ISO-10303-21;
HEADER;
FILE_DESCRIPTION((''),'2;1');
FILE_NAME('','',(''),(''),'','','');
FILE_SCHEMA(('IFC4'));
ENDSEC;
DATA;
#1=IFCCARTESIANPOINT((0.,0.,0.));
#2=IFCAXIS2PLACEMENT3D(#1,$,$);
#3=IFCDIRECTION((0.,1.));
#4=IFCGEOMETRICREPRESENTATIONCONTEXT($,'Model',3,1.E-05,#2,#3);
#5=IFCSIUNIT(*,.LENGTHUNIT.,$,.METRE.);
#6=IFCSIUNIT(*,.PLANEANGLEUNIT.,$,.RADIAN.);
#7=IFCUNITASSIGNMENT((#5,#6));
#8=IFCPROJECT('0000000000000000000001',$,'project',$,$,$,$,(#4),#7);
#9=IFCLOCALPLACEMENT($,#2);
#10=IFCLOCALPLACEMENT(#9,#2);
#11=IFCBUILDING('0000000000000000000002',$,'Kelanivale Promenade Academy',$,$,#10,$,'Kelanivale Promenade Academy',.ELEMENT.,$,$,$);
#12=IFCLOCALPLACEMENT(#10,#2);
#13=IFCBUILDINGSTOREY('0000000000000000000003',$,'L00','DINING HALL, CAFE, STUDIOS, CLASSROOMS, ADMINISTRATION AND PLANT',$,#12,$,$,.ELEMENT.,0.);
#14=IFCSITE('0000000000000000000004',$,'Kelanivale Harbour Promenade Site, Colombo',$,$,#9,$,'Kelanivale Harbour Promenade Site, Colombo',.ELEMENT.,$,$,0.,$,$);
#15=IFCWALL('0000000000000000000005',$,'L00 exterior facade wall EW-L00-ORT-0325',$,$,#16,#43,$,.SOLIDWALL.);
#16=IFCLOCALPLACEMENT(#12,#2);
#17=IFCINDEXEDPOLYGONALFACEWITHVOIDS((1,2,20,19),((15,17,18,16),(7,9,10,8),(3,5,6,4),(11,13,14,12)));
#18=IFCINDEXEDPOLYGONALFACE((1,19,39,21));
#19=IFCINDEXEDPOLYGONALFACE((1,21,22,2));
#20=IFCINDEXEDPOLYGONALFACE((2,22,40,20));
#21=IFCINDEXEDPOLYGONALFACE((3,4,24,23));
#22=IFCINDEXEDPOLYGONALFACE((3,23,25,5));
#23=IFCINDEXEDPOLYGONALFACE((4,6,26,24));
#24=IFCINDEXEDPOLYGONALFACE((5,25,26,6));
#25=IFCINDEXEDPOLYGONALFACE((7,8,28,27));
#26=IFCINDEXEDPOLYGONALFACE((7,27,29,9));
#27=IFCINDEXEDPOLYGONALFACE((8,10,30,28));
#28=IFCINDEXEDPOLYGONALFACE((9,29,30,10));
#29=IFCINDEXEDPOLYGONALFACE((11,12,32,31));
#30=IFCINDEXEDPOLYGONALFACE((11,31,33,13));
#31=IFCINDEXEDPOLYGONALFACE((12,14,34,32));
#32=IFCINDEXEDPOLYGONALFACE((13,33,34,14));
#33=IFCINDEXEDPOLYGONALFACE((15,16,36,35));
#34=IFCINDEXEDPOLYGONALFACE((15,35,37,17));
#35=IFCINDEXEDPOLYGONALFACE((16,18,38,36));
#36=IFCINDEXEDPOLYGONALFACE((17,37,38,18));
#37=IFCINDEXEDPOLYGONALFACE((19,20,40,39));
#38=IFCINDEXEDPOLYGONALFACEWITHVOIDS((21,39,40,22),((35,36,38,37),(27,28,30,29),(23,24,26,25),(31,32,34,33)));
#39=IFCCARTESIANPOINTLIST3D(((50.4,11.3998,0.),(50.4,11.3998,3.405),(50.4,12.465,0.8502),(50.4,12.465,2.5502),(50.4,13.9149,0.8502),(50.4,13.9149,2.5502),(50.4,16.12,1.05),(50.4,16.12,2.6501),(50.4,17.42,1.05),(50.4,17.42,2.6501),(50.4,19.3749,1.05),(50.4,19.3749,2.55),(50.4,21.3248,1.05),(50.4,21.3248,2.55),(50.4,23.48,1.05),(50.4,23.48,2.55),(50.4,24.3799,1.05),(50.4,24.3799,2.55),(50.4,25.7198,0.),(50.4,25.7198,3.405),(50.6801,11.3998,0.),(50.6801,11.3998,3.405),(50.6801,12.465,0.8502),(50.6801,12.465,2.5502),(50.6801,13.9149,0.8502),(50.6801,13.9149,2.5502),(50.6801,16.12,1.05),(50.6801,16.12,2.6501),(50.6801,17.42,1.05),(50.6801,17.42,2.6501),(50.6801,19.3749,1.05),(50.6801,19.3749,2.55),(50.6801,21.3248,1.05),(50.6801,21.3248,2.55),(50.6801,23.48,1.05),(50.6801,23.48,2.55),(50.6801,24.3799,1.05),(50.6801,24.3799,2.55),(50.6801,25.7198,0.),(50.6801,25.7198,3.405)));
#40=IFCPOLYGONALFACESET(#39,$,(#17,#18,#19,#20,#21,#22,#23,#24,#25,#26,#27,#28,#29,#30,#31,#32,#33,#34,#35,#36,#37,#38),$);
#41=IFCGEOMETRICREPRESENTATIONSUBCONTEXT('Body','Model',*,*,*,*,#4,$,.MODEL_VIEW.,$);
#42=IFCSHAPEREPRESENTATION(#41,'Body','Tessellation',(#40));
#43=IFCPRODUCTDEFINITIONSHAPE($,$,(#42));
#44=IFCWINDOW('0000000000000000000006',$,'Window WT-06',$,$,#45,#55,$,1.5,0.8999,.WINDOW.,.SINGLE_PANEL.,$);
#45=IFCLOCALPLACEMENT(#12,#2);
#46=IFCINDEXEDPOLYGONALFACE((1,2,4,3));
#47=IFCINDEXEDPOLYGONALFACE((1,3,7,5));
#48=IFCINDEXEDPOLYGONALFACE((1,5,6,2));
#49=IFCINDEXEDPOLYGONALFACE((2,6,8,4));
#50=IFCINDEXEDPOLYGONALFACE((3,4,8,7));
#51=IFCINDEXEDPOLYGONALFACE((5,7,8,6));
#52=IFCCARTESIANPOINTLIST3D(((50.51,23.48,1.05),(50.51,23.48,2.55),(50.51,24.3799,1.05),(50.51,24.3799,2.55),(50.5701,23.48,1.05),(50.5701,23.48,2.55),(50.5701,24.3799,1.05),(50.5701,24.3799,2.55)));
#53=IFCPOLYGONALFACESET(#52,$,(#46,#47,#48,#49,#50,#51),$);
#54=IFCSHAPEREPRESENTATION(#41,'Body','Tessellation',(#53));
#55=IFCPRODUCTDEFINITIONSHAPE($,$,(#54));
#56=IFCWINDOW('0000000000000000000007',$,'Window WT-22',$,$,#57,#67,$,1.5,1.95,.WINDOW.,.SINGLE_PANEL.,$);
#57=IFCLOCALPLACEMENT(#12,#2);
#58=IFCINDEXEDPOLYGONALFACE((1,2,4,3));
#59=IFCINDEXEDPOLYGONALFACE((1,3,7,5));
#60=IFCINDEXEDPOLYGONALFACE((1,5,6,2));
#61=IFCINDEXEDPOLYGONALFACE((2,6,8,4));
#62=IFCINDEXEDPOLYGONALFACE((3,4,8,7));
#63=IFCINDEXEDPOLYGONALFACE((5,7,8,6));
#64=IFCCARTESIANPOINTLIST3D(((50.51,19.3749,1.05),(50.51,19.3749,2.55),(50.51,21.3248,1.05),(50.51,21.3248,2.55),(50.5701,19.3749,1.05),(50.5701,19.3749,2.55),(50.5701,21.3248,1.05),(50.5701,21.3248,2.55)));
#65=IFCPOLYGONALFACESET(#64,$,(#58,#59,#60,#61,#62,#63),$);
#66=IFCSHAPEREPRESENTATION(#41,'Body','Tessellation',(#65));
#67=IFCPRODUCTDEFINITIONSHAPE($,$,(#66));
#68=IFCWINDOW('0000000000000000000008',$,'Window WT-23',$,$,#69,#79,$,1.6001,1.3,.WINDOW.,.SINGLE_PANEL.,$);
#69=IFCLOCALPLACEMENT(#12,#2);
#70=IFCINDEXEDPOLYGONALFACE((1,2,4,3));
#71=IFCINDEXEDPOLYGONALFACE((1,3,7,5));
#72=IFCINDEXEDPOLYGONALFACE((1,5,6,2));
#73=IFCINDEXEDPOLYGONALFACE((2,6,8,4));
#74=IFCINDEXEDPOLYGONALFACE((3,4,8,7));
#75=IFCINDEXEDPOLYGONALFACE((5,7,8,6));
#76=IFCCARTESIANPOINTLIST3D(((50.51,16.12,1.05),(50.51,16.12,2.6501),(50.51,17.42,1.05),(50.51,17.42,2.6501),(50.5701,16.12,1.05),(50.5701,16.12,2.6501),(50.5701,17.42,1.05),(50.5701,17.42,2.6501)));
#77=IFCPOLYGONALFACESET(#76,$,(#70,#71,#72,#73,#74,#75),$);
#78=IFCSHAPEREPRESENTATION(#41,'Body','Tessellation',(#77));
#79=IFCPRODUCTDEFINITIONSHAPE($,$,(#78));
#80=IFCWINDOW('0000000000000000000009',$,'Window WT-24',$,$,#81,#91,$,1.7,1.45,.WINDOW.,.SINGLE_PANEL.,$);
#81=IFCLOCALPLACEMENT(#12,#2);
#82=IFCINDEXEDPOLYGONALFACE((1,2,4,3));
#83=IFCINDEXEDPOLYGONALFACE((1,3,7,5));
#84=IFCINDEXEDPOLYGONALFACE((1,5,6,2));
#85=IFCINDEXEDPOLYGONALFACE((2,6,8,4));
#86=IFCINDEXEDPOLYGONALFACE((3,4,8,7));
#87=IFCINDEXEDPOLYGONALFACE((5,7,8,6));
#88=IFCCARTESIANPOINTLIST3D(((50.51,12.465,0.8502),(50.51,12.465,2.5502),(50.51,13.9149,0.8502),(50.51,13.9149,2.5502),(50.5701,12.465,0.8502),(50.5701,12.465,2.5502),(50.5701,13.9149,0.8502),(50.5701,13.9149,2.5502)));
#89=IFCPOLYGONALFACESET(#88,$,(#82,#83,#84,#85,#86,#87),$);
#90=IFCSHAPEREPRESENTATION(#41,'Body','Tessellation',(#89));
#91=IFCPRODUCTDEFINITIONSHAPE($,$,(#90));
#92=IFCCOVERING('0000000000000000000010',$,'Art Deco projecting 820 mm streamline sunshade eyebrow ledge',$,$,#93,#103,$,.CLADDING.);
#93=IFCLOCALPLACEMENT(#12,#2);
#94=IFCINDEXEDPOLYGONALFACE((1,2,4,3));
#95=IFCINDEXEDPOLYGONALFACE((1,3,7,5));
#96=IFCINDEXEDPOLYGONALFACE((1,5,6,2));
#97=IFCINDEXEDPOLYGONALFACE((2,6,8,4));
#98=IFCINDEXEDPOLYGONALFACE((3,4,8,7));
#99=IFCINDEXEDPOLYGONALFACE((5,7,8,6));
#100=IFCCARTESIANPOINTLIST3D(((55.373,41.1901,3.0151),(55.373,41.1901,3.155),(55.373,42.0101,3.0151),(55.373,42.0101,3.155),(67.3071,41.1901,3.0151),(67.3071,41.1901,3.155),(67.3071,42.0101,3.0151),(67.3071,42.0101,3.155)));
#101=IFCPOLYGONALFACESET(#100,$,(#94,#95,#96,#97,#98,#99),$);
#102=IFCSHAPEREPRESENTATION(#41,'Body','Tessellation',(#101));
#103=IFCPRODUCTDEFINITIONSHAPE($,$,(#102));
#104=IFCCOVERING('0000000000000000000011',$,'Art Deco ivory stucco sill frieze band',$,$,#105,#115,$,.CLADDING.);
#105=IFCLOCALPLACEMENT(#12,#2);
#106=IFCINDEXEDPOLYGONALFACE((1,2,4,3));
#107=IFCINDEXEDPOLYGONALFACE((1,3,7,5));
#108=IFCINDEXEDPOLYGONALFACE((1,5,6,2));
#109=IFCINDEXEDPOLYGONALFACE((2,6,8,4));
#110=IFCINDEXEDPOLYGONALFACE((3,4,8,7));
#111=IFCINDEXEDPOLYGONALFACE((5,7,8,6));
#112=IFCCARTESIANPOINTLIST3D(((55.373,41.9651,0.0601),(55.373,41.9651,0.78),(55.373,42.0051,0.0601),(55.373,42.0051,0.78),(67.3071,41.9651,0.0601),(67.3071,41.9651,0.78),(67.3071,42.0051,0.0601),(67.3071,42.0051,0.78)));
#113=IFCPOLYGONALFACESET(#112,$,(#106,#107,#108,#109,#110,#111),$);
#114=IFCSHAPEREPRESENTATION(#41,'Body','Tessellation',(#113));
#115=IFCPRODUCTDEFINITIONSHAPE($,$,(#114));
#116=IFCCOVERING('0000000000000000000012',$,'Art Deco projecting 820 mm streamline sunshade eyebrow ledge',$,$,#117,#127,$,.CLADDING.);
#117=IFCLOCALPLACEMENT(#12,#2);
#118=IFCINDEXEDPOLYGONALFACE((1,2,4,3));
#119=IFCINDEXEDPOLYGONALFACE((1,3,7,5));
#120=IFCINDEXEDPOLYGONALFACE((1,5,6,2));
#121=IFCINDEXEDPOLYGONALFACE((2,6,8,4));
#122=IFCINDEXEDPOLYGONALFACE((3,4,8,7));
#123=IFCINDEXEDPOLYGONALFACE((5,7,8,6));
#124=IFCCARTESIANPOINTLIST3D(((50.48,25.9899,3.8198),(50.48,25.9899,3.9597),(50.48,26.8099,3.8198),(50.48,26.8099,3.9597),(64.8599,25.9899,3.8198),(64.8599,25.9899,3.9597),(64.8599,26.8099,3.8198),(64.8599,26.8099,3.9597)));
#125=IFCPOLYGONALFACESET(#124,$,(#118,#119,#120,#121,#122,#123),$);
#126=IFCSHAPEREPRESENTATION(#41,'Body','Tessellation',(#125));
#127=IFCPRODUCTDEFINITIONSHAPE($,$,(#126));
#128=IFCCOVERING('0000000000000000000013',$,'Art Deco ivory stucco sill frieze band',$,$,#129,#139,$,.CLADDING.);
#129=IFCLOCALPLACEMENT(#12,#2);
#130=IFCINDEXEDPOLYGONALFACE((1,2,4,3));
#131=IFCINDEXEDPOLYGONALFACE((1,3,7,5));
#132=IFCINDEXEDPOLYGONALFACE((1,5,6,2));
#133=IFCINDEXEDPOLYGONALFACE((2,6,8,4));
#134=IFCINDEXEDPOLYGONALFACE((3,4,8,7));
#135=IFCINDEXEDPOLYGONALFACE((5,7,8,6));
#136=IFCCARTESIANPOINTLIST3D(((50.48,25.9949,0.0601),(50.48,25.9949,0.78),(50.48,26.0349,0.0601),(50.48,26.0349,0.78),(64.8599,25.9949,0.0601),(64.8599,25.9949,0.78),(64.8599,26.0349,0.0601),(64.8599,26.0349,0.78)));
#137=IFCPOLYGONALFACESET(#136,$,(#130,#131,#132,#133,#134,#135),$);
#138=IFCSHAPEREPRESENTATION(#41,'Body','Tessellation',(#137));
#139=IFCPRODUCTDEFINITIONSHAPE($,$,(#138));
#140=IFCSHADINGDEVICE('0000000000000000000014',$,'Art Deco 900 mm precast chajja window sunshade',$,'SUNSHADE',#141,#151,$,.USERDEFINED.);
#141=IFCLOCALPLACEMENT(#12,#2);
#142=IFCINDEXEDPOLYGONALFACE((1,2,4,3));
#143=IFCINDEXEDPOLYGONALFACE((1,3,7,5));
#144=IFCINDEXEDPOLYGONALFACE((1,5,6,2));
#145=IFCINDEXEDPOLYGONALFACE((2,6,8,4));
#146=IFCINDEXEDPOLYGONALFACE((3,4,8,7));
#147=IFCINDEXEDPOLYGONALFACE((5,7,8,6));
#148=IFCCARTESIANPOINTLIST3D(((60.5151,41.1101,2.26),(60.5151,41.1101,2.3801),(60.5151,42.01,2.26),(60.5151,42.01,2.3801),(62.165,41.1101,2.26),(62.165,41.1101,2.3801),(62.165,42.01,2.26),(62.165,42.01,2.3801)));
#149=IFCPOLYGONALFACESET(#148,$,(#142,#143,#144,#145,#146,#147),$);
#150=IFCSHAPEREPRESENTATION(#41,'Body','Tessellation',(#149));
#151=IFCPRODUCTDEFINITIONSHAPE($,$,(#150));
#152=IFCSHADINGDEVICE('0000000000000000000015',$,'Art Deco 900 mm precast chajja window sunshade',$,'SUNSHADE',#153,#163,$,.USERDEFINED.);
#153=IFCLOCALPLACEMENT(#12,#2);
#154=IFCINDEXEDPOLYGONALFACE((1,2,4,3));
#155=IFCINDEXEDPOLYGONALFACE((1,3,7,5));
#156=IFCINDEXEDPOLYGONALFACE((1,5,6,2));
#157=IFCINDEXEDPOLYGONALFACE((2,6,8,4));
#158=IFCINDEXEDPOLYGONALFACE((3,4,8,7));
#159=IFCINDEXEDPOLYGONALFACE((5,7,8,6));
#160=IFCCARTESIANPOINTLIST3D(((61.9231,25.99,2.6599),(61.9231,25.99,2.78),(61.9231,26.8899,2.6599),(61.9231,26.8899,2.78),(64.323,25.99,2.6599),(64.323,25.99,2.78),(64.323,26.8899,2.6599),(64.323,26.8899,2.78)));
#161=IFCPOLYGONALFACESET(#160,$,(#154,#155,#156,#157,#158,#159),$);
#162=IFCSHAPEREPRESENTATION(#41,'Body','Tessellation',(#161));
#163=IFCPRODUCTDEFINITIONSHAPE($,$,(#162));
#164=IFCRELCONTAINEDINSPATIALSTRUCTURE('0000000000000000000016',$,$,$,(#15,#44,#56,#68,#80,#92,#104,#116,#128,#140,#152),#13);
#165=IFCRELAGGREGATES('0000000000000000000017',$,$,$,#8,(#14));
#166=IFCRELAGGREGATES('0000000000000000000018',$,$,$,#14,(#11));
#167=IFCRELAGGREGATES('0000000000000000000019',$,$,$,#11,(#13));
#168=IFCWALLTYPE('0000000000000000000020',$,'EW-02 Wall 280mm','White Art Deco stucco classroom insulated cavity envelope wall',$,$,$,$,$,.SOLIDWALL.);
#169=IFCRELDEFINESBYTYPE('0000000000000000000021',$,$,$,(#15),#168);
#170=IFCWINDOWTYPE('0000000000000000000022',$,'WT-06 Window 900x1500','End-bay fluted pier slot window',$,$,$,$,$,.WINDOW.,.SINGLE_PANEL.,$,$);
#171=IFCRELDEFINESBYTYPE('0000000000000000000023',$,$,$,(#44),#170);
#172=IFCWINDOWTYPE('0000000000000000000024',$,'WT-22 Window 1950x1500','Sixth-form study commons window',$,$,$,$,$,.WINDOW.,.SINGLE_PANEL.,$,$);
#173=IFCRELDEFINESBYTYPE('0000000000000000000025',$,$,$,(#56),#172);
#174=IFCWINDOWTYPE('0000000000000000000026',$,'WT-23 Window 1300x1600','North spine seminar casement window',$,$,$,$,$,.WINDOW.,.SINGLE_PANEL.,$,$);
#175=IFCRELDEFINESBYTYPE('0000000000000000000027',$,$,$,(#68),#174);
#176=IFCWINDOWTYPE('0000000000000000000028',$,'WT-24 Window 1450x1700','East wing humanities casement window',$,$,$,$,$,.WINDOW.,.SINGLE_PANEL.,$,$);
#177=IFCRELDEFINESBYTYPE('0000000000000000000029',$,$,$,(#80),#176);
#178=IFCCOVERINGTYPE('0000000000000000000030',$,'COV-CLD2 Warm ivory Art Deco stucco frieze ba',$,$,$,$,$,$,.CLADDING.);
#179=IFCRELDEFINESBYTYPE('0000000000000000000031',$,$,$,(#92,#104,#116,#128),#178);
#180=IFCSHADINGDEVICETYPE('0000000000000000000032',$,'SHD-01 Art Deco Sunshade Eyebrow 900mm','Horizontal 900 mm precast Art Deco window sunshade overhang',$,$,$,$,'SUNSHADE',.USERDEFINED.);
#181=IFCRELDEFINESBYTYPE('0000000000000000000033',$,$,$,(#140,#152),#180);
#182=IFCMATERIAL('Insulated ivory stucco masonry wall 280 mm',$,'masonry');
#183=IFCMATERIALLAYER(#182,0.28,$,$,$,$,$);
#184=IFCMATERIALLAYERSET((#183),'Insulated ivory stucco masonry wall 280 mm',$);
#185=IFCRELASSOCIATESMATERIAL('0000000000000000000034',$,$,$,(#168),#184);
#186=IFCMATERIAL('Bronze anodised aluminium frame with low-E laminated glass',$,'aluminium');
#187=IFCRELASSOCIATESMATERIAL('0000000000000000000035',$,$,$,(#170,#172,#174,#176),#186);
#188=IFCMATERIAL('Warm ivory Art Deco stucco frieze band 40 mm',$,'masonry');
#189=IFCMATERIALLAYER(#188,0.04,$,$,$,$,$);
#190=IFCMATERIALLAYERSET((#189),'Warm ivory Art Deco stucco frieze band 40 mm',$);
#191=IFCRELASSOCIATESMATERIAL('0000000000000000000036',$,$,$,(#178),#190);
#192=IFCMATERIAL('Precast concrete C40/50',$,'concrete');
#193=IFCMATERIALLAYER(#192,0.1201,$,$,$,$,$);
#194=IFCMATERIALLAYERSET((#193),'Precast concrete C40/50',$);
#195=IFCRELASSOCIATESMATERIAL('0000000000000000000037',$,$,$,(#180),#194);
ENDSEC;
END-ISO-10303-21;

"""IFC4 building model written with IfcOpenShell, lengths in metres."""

from ifc_helpers import new_model, si_unit, direction, frame, frame_2d, origin, origin_2d, place, context, subcontext, project, spatial, rectangle, extrude, material, layer, layer_set, type_object, element, fill, save


model = new_model("IFC4")

# Units and contexts
model_context = context("Model", 3, precision=1e-05, world=origin(), true_north=direction((0.0, 1.0)))
body_context = subcontext(model_context, "Body", "Model", "MODEL_VIEW")
ifc_project = project(units=[si_unit("LENGTHUNIT", "METRE"), si_unit("PLANEANGLEUNIT", "RADIAN")], contexts=[model_context])

# Site, building, storey
site_placement = place(None, origin())
site = spatial("IfcSite", under=ifc_project, at=site_placement, Name="Kelanivale Harbour Promenade Site, Colombo", LongName="Kelanivale Harbour Promenade Site, Colombo", CompositionType="ELEMENT", RefElevation=0.0)
building_placement = place(site_placement, origin())
building = spatial("IfcBuilding", under=site, at=building_placement, Name="Kelanivale Promenade Academy", LongName="Kelanivale Promenade Academy", CompositionType="ELEMENT")
storey_placement = place(building_placement, origin())
storey = spatial("IfcBuildingStorey", under=building, at=storey_placement, Name="L00", Description="DINING HALL, CAFE, STUDIOS, CLASSROOMS, ADMINISTRATION AND PLANT", CompositionType="ELEMENT", Elevation=0.0)

# Wall, openings, windows
ifc_material_1 = material(Name="Insulated ivory stucco masonry wall 280 mm", Category="masonry")
ifc_layer_1 = layer(ifc_material_1, 0.28)
ifc_layer_set_1 = layer_set([ifc_layer_1], Name="Insulated ivory stucco masonry wall 280 mm")
wall_type_1 = type_object("IfcWallType", Name="EW-02 Wall 280mm", Description="White Art Deco stucco classroom insulated cavity envelope wall", PredefinedType="SOLIDWALL", material=ifc_layer_set_1)
ifc_material_2 = material(Name="Bronze anodised aluminium frame with low-E laminated glass", Category="aluminium")
wall_1_placement = place(storey_placement, frame((50.54, 25.72, 0.0), z_axis=(0.0, 0.0, 1.0), x_axis=(0.0, -1.0, 0.0)))
wall_1 = element("IfcWall", 1, at=wall_1_placement, inside=storey, type_object=wall_type_1, Name="L00 exterior facade wall EW-L00-ORT-0325", PredefinedType="SOLIDWALL", context=body_context, shape_type="SweptSolid", body=[
    extrude(rectangle(XDim=14.3201, YDim=0.28, at=frame_2d((7.1602, 0.0))), origin(), (0.0, 0.0, 1.0), 3.405),
])
opening_1_placement = place(wall_1_placement, frame((1.3401, 0.0, 1.05)))
opening_1 = element("IfcOpeningElement", 2, at=opening_1_placement, cuts=wall_1, PredefinedType="OPENING", context=body_context, shape_type="SweptSolid", body=[
    extrude(rectangle(XDim=0.8999, YDim=1.5, at=frame_2d((0.45, 0.75))), frame((0.0, 0.1499, 0.0), z_axis=(0.0, -1.0, 0.0), x_axis=(1.0, 0.0, 0.0)), (0.0, 0.0, 1.0), 0.3),
])
opening_2_placement = place(wall_1_placement, frame((4.395, 0.0, 1.05)))
opening_2 = element("IfcOpeningElement", 3, at=opening_2_placement, cuts=wall_1, PredefinedType="OPENING", context=body_context, shape_type="SweptSolid", body=[
    extrude(rectangle(XDim=1.95, YDim=1.5, at=frame_2d((0.9751, 0.75))), frame((0.0, 0.1499, 0.0), z_axis=(0.0, -1.0, 0.0), x_axis=(1.0, 0.0, 0.0)), (0.0, 0.0, 1.0), 0.3),
])
opening_3_placement = place(wall_1_placement, frame((8.3, 0.0, 1.05)))
opening_3 = element("IfcOpeningElement", 4, at=opening_3_placement, cuts=wall_1, PredefinedType="OPENING", context=body_context, shape_type="SweptSolid", body=[
    extrude(rectangle(XDim=1.3, YDim=1.6001, at=frame_2d((0.6499, 0.8))), frame((0.0, 0.1499, 0.0), z_axis=(0.0, -1.0, 0.0), x_axis=(1.0, 0.0, 0.0)), (0.0, 0.0, 1.0), 0.3),
])
opening_4_placement = place(wall_1_placement, frame((11.8049, 0.0, 0.8501)))
opening_4 = element("IfcOpeningElement", 5, at=opening_4_placement, cuts=wall_1, PredefinedType="OPENING", context=body_context, shape_type="SweptSolid", body=[
    extrude(rectangle(XDim=1.45, YDim=1.7, at=frame_2d((0.7251, 0.8501))), frame((0.0, 0.1499, 0.0), z_axis=(0.0, -1.0, 0.0), x_axis=(1.0, 0.0, 0.0)), (0.0, 0.0, 1.0), 0.3),
])
window_type_1 = type_object("IfcWindowType", Name="WT-06 Window 900x1500", Description="End-bay fluted pier slot window", PartitioningType="SINGLE_PANEL", PredefinedType="WINDOW", material=ifc_material_2)
window_1_placement = place(opening_1_placement, origin())
window_1 = element("IfcWindow", 6, at=window_1_placement, inside=storey, type_object=window_type_1, Name="Window WT-06", OverallHeight=1.5, OverallWidth=0.8999, PartitioningType="SINGLE_PANEL", PredefinedType="WINDOW", context=body_context, shape_type="SweptSolid", body=[
    extrude(rectangle(XDim=0.8999, YDim=1.5, at=frame_2d((0.45, 0.75))), frame((0.0, 0.03, 0.0), z_axis=(0.0, -1.0, 0.0), x_axis=(1.0, 0.0, 0.0)), (0.0, 0.0, 1.0), 0.0601),
])
fill(opening_1, window_1)
window_type_2 = type_object("IfcWindowType", Name="WT-22 Window 1950x1500", Description="Sixth-form study commons window", PartitioningType="SINGLE_PANEL", PredefinedType="WINDOW", material=ifc_material_2)
window_2_placement = place(opening_2_placement, origin())
window_2 = element("IfcWindow", 7, at=window_2_placement, inside=storey, type_object=window_type_2, Name="Window WT-22", OverallHeight=1.5, OverallWidth=1.95, PartitioningType="SINGLE_PANEL", PredefinedType="WINDOW", context=body_context, shape_type="SweptSolid", body=[
    extrude(rectangle(XDim=1.95, YDim=1.5, at=frame_2d((0.9751, 0.75))), frame((0.0, 0.03, 0.0), z_axis=(0.0, -1.0, 0.0), x_axis=(1.0, 0.0, 0.0)), (0.0, 0.0, 1.0), 0.0601),
])
fill(opening_2, window_2)
window_type_3 = type_object("IfcWindowType", Name="WT-23 Window 1300x1600", Description="North spine seminar casement window", PartitioningType="SINGLE_PANEL", PredefinedType="WINDOW", material=ifc_material_2)
window_3_placement = place(opening_3_placement, origin())
window_3 = element("IfcWindow", 8, at=window_3_placement, inside=storey, type_object=window_type_3, Name="Window WT-23", OverallHeight=1.6001, OverallWidth=1.3, PartitioningType="SINGLE_PANEL", PredefinedType="WINDOW", context=body_context, shape_type="SweptSolid", body=[
    extrude(rectangle(XDim=1.3, YDim=1.6001, at=frame_2d((0.6499, 0.8))), frame((0.0, 0.03, 0.0), z_axis=(0.0, -1.0, 0.0), x_axis=(1.0, 0.0, 0.0)), (0.0, 0.0, 1.0), 0.0601),
])
fill(opening_3, window_3)
window_type_4 = type_object("IfcWindowType", Name="WT-24 Window 1450x1700", Description="East wing humanities casement window", PartitioningType="SINGLE_PANEL", PredefinedType="WINDOW", material=ifc_material_2)
window_4_placement = place(opening_4_placement, origin())
window_4 = element("IfcWindow", 9, at=window_4_placement, inside=storey, type_object=window_type_4, Name="Window WT-24", OverallHeight=1.7, OverallWidth=1.45, PartitioningType="SINGLE_PANEL", PredefinedType="WINDOW", context=body_context, shape_type="SweptSolid", body=[
    extrude(rectangle(XDim=1.45, YDim=1.7, at=frame_2d((0.7251, 0.8501))), frame((0.0, 0.03, 0.0), z_axis=(0.0, -1.0, 0.0), x_axis=(1.0, 0.0, 0.0)), (0.0, 0.0, 1.0), 0.0601),
])
fill(opening_4, window_4)

# Coverings
ifc_material_3 = material(Name="Warm ivory Art Deco stucco frieze band 40 mm", Category="masonry")
ifc_layer_2 = layer(ifc_material_3, 0.04)
ifc_layer_set_2 = layer_set([ifc_layer_2], Name="Warm ivory Art Deco stucco frieze band 40 mm")
covering_type = type_object("IfcCoveringType", Name="COV-CLD2 Warm ivory Art Deco stucco frieze ba", PredefinedType="CLADDING", material=ifc_layer_set_2)
covering_1_placement = place(storey_placement, frame((61.3401, 41.6001, 3.0151), z_axis=(0.0, 0.0, 1.0), x_axis=(1.0, 0.0, 0.0)))
element("IfcCovering", 10, at=covering_1_placement, inside=storey, type_object=covering_type, Name="Art Deco projecting 820 mm streamline sunshade eyebrow ledge", PredefinedType="CLADDING", context=body_context, shape_type="SweptSolid", body=[
    extrude(rectangle(XDim=11.9341, YDim=0.8201, at=origin_2d()), origin(), (0.0, 0.0, 1.0), 0.1399),
])
covering_2_placement = place(storey_placement, frame((61.3401, 41.9851, 0.0601), z_axis=(0.0, 0.0, 1.0), x_axis=(1.0, 0.0, 0.0)))
element("IfcCovering", 11, at=covering_2_placement, inside=storey, type_object=covering_type, Name="Art Deco ivory stucco sill frieze band", PredefinedType="CLADDING", context=body_context, shape_type="SweptSolid", body=[
    extrude(rectangle(XDim=11.9341, YDim=0.04, at=origin_2d()), origin(), (0.0, 0.0, 1.0), 0.72),
])
covering_3_placement = place(storey_placement, frame((57.6699, 26.3999, 3.8198), z_axis=(0.0, 0.0, 1.0), x_axis=(-1.0, 0.0, 0.0)))
element("IfcCovering", 12, at=covering_3_placement, inside=storey, type_object=covering_type, Name="Art Deco projecting 820 mm streamline sunshade eyebrow ledge", PredefinedType="CLADDING", context=body_context, shape_type="SweptSolid", body=[
    extrude(rectangle(XDim=14.3799, YDim=0.8201, at=origin_2d()), origin(), (0.0, 0.0, 1.0), 0.1399),
])
covering_4_placement = place(storey_placement, frame((57.6699, 26.0149, 0.0601), z_axis=(0.0, 0.0, 1.0), x_axis=(-1.0, 0.0, 0.0)))
element("IfcCovering", 13, at=covering_4_placement, inside=storey, type_object=covering_type, Name="Art Deco ivory stucco sill frieze band", PredefinedType="CLADDING", context=body_context, shape_type="SweptSolid", body=[
    extrude(rectangle(XDim=14.3799, YDim=0.04, at=origin_2d()), origin(), (0.0, 0.0, 1.0), 0.72),
])

# Shading devices
ifc_material_4 = material(Name="Precast concrete C40/50", Category="concrete")
ifc_layer_3 = layer(ifc_material_4, 0.1201)
ifc_layer_set_3 = layer_set([ifc_layer_3], Name="Precast concrete C40/50")
shading_device_type = type_object("IfcShadingDeviceType", Name="SHD-01 Art Deco Sunshade Eyebrow 900mm", Description="Horizontal 900 mm precast Art Deco window sunshade overhang", ElementType="SUNSHADE", PredefinedType="USERDEFINED", material=ifc_layer_set_3)
shading_device_1_placement = place(storey_placement, frame((61.3401, 41.5601, 2.26), z_axis=(0.0, 0.0, 1.0), x_axis=(1.0, 0.0, 0.0)))
element("IfcShadingDevice", 14, at=shading_device_1_placement, inside=storey, type_object=shading_device_type, Name="Art Deco 900 mm precast chajja window sunshade", ObjectType="SUNSHADE", PredefinedType="USERDEFINED", context=body_context, shape_type="SweptSolid", body=[
    extrude(rectangle(XDim=1.6499, YDim=0.8999, at=origin_2d()), origin(), (0.0, 0.0, 1.0), 0.1201),
])
shading_device_2_placement = place(storey_placement, frame((63.123, 26.4399, 2.6599), z_axis=(0.0, 0.0, 1.0), x_axis=(-1.0, 0.0, 0.0)))
element("IfcShadingDevice", 15, at=shading_device_2_placement, inside=storey, type_object=shading_device_type, Name="Art Deco 900 mm precast chajja window sunshade", ObjectType="SUNSHADE", PredefinedType="USERDEFINED", context=body_context, shape_type="SweptSolid", body=[
    extrude(rectangle(XDim=2.3999, YDim=0.8999, at=origin_2d()), origin(), (0.0, 0.0, 1.0), 0.1201),
])

save(model, "model.ifc")
